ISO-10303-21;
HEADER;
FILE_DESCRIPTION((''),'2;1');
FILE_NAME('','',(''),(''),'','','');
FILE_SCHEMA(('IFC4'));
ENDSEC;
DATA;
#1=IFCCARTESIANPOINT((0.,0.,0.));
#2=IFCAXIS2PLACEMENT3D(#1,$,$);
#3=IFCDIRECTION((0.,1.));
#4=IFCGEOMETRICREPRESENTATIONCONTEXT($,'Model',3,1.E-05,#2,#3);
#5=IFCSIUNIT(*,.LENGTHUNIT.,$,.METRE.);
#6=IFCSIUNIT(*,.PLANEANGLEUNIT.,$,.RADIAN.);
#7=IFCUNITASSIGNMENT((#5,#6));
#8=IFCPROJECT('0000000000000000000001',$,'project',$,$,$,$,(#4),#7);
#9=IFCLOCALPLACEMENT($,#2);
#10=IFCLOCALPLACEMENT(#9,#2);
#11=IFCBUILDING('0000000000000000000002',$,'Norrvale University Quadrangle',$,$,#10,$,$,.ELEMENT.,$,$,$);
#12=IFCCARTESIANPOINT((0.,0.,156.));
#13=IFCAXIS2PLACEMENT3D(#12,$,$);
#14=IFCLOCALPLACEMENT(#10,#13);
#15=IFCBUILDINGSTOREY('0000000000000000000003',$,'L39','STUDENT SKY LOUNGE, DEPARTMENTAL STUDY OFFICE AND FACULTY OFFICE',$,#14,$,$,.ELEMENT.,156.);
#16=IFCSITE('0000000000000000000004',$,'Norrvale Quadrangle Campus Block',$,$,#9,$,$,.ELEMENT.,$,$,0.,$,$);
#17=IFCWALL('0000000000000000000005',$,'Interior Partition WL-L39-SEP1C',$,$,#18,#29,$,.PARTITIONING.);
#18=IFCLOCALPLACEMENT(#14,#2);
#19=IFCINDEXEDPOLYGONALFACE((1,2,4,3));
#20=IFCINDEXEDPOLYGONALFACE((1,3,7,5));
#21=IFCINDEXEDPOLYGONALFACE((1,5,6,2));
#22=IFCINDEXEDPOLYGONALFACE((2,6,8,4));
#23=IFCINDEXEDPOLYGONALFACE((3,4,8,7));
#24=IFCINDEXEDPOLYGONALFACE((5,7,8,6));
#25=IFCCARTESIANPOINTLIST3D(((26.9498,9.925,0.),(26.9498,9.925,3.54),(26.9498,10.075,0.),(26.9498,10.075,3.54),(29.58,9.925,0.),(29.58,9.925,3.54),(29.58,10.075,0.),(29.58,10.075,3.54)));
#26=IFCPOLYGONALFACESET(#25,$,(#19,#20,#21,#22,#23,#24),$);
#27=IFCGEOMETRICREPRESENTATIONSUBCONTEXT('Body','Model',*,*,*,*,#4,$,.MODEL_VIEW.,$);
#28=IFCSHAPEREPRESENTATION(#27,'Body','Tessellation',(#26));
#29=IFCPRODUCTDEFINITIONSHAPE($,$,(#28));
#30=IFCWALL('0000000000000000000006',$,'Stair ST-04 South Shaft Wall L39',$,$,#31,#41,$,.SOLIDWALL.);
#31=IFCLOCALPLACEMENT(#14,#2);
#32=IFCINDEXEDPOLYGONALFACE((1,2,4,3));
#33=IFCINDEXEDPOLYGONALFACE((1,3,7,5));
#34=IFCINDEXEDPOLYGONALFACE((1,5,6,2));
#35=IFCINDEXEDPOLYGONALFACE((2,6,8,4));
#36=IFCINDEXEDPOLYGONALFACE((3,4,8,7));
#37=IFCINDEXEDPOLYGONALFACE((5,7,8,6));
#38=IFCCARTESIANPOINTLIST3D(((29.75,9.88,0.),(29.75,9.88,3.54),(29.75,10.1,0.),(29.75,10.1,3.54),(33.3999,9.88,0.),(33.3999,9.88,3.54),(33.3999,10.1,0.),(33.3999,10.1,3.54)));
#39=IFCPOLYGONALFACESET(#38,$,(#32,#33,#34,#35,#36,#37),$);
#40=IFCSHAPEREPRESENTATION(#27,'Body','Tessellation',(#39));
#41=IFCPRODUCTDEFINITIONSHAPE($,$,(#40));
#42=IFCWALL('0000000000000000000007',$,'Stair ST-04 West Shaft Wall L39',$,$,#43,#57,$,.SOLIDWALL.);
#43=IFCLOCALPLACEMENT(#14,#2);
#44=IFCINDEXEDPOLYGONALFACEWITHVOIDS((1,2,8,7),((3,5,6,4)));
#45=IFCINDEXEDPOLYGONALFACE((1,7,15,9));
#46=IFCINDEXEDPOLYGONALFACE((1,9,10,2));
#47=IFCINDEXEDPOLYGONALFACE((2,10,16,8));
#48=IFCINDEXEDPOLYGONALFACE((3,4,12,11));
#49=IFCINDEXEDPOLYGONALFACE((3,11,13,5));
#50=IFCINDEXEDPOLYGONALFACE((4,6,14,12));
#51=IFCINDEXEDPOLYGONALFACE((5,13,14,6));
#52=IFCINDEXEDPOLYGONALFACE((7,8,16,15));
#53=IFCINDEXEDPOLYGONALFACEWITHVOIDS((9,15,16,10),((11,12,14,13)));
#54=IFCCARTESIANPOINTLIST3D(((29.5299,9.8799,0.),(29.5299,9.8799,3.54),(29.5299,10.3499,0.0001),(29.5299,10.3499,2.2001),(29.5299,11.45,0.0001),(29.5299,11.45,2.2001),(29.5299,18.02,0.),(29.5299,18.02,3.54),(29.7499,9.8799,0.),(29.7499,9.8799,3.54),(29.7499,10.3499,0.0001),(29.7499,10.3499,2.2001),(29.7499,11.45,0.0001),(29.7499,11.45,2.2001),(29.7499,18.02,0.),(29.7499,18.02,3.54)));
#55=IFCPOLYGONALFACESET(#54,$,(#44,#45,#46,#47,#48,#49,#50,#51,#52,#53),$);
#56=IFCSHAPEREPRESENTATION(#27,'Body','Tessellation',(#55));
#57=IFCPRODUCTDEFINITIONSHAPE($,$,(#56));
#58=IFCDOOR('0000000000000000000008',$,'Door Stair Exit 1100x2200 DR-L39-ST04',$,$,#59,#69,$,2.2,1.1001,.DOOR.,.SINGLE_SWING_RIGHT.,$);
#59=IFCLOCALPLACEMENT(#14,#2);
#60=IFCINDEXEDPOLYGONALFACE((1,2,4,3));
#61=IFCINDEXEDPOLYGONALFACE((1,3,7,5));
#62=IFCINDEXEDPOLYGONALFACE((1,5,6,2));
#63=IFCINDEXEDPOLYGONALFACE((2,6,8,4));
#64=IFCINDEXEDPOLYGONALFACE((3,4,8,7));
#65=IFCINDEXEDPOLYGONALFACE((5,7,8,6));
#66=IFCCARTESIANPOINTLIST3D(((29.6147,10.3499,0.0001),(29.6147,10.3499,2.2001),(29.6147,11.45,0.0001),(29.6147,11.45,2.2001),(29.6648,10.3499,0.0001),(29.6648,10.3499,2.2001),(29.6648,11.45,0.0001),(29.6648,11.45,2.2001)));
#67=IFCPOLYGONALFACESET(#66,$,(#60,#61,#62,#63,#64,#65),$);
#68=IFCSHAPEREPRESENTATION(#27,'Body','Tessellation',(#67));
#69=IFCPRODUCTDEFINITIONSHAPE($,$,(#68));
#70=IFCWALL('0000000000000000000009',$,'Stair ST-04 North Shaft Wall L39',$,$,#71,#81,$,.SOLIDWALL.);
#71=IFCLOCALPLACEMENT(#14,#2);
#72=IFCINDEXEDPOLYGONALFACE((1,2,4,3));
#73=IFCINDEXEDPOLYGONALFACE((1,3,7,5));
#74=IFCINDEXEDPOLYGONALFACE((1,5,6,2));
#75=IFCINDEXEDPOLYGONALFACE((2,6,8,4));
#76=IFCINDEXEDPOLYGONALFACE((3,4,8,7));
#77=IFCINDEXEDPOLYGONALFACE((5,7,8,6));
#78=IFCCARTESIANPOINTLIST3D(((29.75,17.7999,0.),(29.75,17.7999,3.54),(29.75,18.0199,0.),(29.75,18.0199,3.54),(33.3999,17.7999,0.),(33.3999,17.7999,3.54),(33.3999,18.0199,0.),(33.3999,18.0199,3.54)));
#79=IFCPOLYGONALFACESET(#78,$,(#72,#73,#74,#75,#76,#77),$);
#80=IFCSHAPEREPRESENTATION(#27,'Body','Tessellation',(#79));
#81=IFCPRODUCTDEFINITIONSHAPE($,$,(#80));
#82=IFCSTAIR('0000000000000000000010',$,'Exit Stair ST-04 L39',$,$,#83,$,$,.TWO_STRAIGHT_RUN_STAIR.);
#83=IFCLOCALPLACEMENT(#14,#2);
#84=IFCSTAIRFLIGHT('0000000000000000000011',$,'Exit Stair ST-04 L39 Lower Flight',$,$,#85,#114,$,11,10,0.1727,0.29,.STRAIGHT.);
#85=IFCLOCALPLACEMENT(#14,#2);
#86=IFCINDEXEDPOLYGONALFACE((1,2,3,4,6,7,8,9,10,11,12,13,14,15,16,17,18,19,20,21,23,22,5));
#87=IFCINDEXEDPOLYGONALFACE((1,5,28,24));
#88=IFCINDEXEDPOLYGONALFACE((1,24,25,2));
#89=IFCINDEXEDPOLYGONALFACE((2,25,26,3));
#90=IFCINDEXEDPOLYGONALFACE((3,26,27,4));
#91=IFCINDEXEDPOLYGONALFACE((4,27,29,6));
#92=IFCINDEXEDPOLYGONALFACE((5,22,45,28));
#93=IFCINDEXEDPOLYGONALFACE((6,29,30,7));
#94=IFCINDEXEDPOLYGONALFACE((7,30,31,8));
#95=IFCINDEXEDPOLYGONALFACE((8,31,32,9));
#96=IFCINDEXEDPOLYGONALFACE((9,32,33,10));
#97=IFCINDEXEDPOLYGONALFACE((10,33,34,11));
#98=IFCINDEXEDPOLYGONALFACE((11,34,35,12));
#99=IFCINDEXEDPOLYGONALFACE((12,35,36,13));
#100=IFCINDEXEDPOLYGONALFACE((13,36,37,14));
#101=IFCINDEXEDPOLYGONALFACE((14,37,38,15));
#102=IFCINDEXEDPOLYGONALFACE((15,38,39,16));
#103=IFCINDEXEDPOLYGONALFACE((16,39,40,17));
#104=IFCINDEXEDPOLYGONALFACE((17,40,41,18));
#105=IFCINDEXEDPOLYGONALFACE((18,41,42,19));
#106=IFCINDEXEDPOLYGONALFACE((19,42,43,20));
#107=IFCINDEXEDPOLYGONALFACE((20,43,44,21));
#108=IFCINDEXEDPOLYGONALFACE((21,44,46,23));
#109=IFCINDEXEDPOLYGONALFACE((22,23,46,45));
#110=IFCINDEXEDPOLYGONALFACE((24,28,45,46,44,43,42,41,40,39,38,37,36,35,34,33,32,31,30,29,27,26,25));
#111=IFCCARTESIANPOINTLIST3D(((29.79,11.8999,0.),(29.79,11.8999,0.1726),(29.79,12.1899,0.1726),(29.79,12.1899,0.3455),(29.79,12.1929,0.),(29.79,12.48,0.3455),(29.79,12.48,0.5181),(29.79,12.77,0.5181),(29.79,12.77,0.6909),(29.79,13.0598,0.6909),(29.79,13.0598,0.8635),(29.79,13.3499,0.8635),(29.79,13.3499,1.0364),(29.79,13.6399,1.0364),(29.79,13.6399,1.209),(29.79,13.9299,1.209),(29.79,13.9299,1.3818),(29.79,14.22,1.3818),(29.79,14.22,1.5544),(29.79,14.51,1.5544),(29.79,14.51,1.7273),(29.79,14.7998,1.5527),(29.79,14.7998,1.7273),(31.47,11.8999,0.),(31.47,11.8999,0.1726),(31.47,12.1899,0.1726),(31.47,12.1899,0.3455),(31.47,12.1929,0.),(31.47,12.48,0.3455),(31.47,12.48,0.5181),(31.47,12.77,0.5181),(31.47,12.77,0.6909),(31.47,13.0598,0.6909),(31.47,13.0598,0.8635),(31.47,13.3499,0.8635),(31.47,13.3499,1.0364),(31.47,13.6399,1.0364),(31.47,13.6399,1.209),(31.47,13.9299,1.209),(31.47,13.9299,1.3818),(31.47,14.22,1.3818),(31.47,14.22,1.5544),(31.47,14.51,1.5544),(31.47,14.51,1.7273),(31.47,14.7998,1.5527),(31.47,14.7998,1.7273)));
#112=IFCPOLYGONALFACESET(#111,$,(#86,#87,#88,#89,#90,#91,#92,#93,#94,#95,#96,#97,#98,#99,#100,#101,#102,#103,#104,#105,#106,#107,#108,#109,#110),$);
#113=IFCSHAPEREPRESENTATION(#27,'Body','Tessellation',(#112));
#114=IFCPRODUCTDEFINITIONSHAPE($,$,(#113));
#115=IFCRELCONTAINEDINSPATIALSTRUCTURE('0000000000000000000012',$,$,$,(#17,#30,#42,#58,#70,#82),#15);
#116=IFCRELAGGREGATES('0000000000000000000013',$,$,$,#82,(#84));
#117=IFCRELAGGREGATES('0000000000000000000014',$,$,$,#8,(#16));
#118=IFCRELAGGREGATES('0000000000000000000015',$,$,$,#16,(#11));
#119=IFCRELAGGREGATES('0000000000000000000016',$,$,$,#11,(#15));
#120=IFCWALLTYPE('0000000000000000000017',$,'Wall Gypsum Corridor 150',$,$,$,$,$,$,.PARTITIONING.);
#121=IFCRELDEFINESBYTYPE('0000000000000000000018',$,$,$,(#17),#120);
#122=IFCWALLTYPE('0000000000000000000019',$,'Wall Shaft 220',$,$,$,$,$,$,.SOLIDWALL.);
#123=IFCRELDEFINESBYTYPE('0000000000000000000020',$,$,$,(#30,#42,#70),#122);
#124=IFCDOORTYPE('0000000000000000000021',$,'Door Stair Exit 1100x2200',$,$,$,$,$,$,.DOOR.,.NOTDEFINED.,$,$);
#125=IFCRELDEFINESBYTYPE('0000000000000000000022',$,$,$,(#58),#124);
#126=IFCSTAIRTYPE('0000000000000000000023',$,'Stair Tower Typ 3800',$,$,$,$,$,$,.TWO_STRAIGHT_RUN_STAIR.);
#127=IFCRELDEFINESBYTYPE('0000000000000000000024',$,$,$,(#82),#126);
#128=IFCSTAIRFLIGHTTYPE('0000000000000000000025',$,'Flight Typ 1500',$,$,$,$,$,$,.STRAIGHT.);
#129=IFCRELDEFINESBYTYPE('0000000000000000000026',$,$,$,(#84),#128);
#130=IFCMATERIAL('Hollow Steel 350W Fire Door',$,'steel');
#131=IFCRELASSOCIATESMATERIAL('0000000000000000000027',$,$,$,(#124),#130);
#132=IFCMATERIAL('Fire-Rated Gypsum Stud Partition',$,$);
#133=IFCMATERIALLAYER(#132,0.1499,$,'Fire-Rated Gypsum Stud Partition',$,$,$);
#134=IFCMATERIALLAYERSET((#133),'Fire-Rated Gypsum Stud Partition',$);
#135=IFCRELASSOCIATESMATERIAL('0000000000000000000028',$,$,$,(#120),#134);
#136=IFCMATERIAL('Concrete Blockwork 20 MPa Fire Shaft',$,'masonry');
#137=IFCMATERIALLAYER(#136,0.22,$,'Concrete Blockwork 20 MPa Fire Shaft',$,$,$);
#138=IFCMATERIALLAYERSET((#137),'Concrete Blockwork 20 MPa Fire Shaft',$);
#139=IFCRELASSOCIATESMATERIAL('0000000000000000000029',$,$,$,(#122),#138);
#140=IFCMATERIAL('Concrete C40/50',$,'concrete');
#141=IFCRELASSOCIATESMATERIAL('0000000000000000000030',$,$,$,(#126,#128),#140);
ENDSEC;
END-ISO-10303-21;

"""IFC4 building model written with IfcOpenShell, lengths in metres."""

from ifc_helpers import new_model, si_unit, direction, frame, frame_2d, origin, place, context, subcontext, project, spatial, polyline, rectangle, outline, extrude, material, layer, layer_set, type_object, element, fill, aggregate, save


model = new_model("IFC4")

# Units and contexts
model_context = context("Model", 3, precision=1e-05, world=origin(), true_north=direction((0.0, 1.0)))
body_context = subcontext(model_context, "Body", "Model", "MODEL_VIEW")
ifc_project = project(units=[si_unit("LENGTHUNIT", "METRE"), si_unit("PLANEANGLEUNIT", "RADIAN")], contexts=[model_context])

# Site, building, storey
site_placement = place(None, origin())
site = spatial("IfcSite", under=ifc_project, at=site_placement, Name="Norrvale Quadrangle Campus Block", CompositionType="ELEMENT", RefElevation=0.0)
building_placement = place(site_placement, origin())
building = spatial("IfcBuilding", under=site, at=building_placement, Name="Norrvale University Quadrangle", CompositionType="ELEMENT")
storey_placement = place(building_placement, frame((0.0, 0.0, 156.0)))
storey = spatial("IfcBuildingStorey", under=building, at=storey_placement, Name="L39", Description="STUDENT SKY LOUNGE, DEPARTMENTAL STUDY OFFICE AND FACULTY OFFICE", CompositionType="ELEMENT", Elevation=156.0)

# Shared definitions
ifc_material_1 = material(Name="Hollow Steel 350W Fire Door", Category="steel")
door_type = type_object("IfcDoorType", Name="Door Stair Exit 1100x2200", OperationType="NOTDEFINED", PredefinedType="DOOR", material=ifc_material_1)

# Walls
ifc_material_2 = material(Name="Fire-Rated Gypsum Stud Partition")
ifc_layer_1 = layer(ifc_material_2, 0.1499, Name="Fire-Rated Gypsum Stud Partition")
ifc_layer_set_1 = layer_set([ifc_layer_1], Name="Fire-Rated Gypsum Stud Partition")
wall_type_1 = type_object("IfcWallType", Name="Wall Gypsum Corridor 150", PredefinedType="PARTITIONING", material=ifc_layer_set_1)
wall_1_placement = place(storey_placement, frame((26.95, 10.0, 0.0), z_axis=(0.0, 0.0, 1.0), x_axis=(1.0, 0.0, 0.0)))
element("IfcWall", 1, at=wall_1_placement, inside=storey, type_object=wall_type_1, Name="Interior Partition WL-L39-SEP1C", PredefinedType="PARTITIONING", context=body_context, shape_type="SweptSolid", body=[
    extrude(rectangle(XDim=2.6301, YDim=0.1499, at=frame_2d((1.3149, 0.0))), origin(), (0.0, 0.0, 1.0), 3.54),
])
ifc_material_3 = material(Name="Concrete Blockwork 20 MPa Fire Shaft", Category="masonry")
ifc_layer_2 = layer(ifc_material_3, 0.22, Name="Concrete Blockwork 20 MPa Fire Shaft")
ifc_layer_set_2 = layer_set([ifc_layer_2], Name="Concrete Blockwork 20 MPa Fire Shaft")
wall_type_2 = type_object("IfcWallType", Name="Wall Shaft 220", PredefinedType="SOLIDWALL", material=ifc_layer_set_2)
wall_2_placement = place(storey_placement, frame((29.75, 9.99, 0.0), z_axis=(0.0, 0.0, 1.0), x_axis=(1.0, 0.0, 0.0)))
element("IfcWall", 2, at=wall_2_placement, inside=storey, type_object=wall_type_2, Name="Stair ST-04 South Shaft Wall L39", PredefinedType="SOLIDWALL", context=body_context, shape_type="SweptSolid", body=[
    extrude(rectangle(XDim=3.6499, YDim=0.22, at=frame_2d((1.825, 0.0))), origin(), (0.0, 0.0, 1.0), 3.54),
])

# Wall, opening, door
wall_3_placement = place(storey_placement, frame((29.6399, 9.8799, 0.0), z_axis=(0.0, 0.0, 1.0), x_axis=(0.0, 1.0, 0.0)))
wall_3 = element("IfcWall", 3, at=wall_3_placement, inside=storey, type_object=wall_type_2, Name="Stair ST-04 West Shaft Wall L39", PredefinedType="SOLIDWALL", context=body_context, shape_type="SweptSolid", body=[
    extrude(rectangle(XDim=8.1401, YDim=0.22, at=frame_2d((4.0701, 0.0))), origin(), (0.0, 0.0, 1.0), 3.54),
])
opening_1_placement = place(wall_3_placement, frame((0.47, 0.0, 0.0)))
opening_1 = element("IfcOpeningElement", 4, at=opening_1_placement, cuts=wall_3, PredefinedType="OPENING", context=body_context, shape_type="SweptSolid", body=[
    extrude(rectangle(XDim=1.1001, YDim=2.2, at=frame_2d((0.55, 1.1001))), frame((0.0, 0.1221, 0.0), z_axis=(0.0, -1.0, 0.0), x_axis=(1.0, 0.0, 0.0)), (0.0, 0.0, 1.0), 0.2439),
])
door_1_placement = place(opening_1_placement, frame((1.1001, 0.0, 0.0), z_axis=(0.0, 0.0, 1.0), x_axis=(-1.0, 0.0, 0.0)))
door_1 = element("IfcDoor", 5, at=door_1_placement, inside=storey, type_object=door_type, Name="Door Stair Exit 1100x2200 DR-L39-ST04", OperationType="SINGLE_SWING_RIGHT", OverallHeight=2.2, OverallWidth=1.1001, PredefinedType="DOOR", context=body_context, shape_type="SweptSolid", body=[
    extrude(rectangle(XDim=1.1001, YDim=2.2, at=frame_2d((0.55, 1.1001))), frame((0.0, 0.0249, 0.0), z_axis=(0.0, -1.0, 0.0), x_axis=(1.0, 0.0, 0.0)), (0.0, 0.0, 1.0), 0.05),
])
fill(opening_1, door_1)

# Wall
wall_4_placement = place(storey_placement, frame((29.75, 17.9099, 0.0), z_axis=(0.0, 0.0, 1.0), x_axis=(1.0, 0.0, 0.0)))
element("IfcWall", 6, at=wall_4_placement, inside=storey, type_object=wall_type_2, Name="Stair ST-04 North Shaft Wall L39", PredefinedType="SOLIDWALL", context=body_context, shape_type="SweptSolid", body=[
    extrude(rectangle(XDim=3.6499, YDim=0.22, at=frame_2d((1.825, 0.0))), origin(), (0.0, 0.0, 1.0), 3.54),
])

# Stair, stair flight
ifc_material_4 = material(Name="Concrete C40/50", Category="concrete")
stair_type = type_object("IfcStairType", Name="Stair Tower Typ 3800", PredefinedType="TWO_STRAIGHT_RUN_STAIR", material=ifc_material_4)
stair_placement = place(storey_placement, origin())
stair = element("IfcStair", 7, at=stair_placement, inside=storey, type_object=stair_type, Name="Exit Stair ST-04 L39", PredefinedType="TWO_STRAIGHT_RUN_STAIR")
stair_flight_type = type_object("IfcStairFlightType", Name="Flight Typ 1500", PredefinedType="STRAIGHT", material=ifc_material_4)
stair_flight_placement = place(storey_placement, frame((30.6299, 11.8999, 0.0), z_axis=(0.0, 0.0, 1.0), x_axis=(0.0, 1.0, 0.0)))
stair_flight = element("IfcStairFlight", 8, at=stair_flight_placement, type_object=stair_flight_type, Name="Exit Stair ST-04 L39 Lower Flight", NumberOfRisers=11, NumberOfTreads=10, PredefinedType="STRAIGHT", RiserHeight=0.1727, TreadLength=0.29, context=body_context, shape_type="SweptSolid", body=[
    extrude(outline(polyline([(0.0, 0.0), (0.0, 0.1726), (0.29, 0.1726), (0.29, 0.3455), (0.5801, 0.3455), (0.5801, 0.5181), (0.8701, 0.5181), (0.8701, 0.6909), (1.1599, 0.6909), (1.1599, 0.8635), (1.45, 0.8635), (1.45, 1.0364), (1.74, 1.0364), (1.74, 1.209), (2.03, 1.209), (2.03, 1.3818), (2.3201, 1.3818), (2.3201, 1.5544), (2.6101, 1.5544), (2.6101, 1.7273), (2.8999, 1.7273), (2.8999, 1.8999), (2.8999, 1.5527), (0.293, 0.0), (0.0, 0.0)])), frame((0.0, 0.8398, 0.0), z_axis=(0.0, -1.0, 0.0), x_axis=(1.0, 0.0, 0.0)), (0.0, 0.0, 1.0), 1.6799),
])
aggregate(stair, [stair_flight])

save(model, "model.ifc")
